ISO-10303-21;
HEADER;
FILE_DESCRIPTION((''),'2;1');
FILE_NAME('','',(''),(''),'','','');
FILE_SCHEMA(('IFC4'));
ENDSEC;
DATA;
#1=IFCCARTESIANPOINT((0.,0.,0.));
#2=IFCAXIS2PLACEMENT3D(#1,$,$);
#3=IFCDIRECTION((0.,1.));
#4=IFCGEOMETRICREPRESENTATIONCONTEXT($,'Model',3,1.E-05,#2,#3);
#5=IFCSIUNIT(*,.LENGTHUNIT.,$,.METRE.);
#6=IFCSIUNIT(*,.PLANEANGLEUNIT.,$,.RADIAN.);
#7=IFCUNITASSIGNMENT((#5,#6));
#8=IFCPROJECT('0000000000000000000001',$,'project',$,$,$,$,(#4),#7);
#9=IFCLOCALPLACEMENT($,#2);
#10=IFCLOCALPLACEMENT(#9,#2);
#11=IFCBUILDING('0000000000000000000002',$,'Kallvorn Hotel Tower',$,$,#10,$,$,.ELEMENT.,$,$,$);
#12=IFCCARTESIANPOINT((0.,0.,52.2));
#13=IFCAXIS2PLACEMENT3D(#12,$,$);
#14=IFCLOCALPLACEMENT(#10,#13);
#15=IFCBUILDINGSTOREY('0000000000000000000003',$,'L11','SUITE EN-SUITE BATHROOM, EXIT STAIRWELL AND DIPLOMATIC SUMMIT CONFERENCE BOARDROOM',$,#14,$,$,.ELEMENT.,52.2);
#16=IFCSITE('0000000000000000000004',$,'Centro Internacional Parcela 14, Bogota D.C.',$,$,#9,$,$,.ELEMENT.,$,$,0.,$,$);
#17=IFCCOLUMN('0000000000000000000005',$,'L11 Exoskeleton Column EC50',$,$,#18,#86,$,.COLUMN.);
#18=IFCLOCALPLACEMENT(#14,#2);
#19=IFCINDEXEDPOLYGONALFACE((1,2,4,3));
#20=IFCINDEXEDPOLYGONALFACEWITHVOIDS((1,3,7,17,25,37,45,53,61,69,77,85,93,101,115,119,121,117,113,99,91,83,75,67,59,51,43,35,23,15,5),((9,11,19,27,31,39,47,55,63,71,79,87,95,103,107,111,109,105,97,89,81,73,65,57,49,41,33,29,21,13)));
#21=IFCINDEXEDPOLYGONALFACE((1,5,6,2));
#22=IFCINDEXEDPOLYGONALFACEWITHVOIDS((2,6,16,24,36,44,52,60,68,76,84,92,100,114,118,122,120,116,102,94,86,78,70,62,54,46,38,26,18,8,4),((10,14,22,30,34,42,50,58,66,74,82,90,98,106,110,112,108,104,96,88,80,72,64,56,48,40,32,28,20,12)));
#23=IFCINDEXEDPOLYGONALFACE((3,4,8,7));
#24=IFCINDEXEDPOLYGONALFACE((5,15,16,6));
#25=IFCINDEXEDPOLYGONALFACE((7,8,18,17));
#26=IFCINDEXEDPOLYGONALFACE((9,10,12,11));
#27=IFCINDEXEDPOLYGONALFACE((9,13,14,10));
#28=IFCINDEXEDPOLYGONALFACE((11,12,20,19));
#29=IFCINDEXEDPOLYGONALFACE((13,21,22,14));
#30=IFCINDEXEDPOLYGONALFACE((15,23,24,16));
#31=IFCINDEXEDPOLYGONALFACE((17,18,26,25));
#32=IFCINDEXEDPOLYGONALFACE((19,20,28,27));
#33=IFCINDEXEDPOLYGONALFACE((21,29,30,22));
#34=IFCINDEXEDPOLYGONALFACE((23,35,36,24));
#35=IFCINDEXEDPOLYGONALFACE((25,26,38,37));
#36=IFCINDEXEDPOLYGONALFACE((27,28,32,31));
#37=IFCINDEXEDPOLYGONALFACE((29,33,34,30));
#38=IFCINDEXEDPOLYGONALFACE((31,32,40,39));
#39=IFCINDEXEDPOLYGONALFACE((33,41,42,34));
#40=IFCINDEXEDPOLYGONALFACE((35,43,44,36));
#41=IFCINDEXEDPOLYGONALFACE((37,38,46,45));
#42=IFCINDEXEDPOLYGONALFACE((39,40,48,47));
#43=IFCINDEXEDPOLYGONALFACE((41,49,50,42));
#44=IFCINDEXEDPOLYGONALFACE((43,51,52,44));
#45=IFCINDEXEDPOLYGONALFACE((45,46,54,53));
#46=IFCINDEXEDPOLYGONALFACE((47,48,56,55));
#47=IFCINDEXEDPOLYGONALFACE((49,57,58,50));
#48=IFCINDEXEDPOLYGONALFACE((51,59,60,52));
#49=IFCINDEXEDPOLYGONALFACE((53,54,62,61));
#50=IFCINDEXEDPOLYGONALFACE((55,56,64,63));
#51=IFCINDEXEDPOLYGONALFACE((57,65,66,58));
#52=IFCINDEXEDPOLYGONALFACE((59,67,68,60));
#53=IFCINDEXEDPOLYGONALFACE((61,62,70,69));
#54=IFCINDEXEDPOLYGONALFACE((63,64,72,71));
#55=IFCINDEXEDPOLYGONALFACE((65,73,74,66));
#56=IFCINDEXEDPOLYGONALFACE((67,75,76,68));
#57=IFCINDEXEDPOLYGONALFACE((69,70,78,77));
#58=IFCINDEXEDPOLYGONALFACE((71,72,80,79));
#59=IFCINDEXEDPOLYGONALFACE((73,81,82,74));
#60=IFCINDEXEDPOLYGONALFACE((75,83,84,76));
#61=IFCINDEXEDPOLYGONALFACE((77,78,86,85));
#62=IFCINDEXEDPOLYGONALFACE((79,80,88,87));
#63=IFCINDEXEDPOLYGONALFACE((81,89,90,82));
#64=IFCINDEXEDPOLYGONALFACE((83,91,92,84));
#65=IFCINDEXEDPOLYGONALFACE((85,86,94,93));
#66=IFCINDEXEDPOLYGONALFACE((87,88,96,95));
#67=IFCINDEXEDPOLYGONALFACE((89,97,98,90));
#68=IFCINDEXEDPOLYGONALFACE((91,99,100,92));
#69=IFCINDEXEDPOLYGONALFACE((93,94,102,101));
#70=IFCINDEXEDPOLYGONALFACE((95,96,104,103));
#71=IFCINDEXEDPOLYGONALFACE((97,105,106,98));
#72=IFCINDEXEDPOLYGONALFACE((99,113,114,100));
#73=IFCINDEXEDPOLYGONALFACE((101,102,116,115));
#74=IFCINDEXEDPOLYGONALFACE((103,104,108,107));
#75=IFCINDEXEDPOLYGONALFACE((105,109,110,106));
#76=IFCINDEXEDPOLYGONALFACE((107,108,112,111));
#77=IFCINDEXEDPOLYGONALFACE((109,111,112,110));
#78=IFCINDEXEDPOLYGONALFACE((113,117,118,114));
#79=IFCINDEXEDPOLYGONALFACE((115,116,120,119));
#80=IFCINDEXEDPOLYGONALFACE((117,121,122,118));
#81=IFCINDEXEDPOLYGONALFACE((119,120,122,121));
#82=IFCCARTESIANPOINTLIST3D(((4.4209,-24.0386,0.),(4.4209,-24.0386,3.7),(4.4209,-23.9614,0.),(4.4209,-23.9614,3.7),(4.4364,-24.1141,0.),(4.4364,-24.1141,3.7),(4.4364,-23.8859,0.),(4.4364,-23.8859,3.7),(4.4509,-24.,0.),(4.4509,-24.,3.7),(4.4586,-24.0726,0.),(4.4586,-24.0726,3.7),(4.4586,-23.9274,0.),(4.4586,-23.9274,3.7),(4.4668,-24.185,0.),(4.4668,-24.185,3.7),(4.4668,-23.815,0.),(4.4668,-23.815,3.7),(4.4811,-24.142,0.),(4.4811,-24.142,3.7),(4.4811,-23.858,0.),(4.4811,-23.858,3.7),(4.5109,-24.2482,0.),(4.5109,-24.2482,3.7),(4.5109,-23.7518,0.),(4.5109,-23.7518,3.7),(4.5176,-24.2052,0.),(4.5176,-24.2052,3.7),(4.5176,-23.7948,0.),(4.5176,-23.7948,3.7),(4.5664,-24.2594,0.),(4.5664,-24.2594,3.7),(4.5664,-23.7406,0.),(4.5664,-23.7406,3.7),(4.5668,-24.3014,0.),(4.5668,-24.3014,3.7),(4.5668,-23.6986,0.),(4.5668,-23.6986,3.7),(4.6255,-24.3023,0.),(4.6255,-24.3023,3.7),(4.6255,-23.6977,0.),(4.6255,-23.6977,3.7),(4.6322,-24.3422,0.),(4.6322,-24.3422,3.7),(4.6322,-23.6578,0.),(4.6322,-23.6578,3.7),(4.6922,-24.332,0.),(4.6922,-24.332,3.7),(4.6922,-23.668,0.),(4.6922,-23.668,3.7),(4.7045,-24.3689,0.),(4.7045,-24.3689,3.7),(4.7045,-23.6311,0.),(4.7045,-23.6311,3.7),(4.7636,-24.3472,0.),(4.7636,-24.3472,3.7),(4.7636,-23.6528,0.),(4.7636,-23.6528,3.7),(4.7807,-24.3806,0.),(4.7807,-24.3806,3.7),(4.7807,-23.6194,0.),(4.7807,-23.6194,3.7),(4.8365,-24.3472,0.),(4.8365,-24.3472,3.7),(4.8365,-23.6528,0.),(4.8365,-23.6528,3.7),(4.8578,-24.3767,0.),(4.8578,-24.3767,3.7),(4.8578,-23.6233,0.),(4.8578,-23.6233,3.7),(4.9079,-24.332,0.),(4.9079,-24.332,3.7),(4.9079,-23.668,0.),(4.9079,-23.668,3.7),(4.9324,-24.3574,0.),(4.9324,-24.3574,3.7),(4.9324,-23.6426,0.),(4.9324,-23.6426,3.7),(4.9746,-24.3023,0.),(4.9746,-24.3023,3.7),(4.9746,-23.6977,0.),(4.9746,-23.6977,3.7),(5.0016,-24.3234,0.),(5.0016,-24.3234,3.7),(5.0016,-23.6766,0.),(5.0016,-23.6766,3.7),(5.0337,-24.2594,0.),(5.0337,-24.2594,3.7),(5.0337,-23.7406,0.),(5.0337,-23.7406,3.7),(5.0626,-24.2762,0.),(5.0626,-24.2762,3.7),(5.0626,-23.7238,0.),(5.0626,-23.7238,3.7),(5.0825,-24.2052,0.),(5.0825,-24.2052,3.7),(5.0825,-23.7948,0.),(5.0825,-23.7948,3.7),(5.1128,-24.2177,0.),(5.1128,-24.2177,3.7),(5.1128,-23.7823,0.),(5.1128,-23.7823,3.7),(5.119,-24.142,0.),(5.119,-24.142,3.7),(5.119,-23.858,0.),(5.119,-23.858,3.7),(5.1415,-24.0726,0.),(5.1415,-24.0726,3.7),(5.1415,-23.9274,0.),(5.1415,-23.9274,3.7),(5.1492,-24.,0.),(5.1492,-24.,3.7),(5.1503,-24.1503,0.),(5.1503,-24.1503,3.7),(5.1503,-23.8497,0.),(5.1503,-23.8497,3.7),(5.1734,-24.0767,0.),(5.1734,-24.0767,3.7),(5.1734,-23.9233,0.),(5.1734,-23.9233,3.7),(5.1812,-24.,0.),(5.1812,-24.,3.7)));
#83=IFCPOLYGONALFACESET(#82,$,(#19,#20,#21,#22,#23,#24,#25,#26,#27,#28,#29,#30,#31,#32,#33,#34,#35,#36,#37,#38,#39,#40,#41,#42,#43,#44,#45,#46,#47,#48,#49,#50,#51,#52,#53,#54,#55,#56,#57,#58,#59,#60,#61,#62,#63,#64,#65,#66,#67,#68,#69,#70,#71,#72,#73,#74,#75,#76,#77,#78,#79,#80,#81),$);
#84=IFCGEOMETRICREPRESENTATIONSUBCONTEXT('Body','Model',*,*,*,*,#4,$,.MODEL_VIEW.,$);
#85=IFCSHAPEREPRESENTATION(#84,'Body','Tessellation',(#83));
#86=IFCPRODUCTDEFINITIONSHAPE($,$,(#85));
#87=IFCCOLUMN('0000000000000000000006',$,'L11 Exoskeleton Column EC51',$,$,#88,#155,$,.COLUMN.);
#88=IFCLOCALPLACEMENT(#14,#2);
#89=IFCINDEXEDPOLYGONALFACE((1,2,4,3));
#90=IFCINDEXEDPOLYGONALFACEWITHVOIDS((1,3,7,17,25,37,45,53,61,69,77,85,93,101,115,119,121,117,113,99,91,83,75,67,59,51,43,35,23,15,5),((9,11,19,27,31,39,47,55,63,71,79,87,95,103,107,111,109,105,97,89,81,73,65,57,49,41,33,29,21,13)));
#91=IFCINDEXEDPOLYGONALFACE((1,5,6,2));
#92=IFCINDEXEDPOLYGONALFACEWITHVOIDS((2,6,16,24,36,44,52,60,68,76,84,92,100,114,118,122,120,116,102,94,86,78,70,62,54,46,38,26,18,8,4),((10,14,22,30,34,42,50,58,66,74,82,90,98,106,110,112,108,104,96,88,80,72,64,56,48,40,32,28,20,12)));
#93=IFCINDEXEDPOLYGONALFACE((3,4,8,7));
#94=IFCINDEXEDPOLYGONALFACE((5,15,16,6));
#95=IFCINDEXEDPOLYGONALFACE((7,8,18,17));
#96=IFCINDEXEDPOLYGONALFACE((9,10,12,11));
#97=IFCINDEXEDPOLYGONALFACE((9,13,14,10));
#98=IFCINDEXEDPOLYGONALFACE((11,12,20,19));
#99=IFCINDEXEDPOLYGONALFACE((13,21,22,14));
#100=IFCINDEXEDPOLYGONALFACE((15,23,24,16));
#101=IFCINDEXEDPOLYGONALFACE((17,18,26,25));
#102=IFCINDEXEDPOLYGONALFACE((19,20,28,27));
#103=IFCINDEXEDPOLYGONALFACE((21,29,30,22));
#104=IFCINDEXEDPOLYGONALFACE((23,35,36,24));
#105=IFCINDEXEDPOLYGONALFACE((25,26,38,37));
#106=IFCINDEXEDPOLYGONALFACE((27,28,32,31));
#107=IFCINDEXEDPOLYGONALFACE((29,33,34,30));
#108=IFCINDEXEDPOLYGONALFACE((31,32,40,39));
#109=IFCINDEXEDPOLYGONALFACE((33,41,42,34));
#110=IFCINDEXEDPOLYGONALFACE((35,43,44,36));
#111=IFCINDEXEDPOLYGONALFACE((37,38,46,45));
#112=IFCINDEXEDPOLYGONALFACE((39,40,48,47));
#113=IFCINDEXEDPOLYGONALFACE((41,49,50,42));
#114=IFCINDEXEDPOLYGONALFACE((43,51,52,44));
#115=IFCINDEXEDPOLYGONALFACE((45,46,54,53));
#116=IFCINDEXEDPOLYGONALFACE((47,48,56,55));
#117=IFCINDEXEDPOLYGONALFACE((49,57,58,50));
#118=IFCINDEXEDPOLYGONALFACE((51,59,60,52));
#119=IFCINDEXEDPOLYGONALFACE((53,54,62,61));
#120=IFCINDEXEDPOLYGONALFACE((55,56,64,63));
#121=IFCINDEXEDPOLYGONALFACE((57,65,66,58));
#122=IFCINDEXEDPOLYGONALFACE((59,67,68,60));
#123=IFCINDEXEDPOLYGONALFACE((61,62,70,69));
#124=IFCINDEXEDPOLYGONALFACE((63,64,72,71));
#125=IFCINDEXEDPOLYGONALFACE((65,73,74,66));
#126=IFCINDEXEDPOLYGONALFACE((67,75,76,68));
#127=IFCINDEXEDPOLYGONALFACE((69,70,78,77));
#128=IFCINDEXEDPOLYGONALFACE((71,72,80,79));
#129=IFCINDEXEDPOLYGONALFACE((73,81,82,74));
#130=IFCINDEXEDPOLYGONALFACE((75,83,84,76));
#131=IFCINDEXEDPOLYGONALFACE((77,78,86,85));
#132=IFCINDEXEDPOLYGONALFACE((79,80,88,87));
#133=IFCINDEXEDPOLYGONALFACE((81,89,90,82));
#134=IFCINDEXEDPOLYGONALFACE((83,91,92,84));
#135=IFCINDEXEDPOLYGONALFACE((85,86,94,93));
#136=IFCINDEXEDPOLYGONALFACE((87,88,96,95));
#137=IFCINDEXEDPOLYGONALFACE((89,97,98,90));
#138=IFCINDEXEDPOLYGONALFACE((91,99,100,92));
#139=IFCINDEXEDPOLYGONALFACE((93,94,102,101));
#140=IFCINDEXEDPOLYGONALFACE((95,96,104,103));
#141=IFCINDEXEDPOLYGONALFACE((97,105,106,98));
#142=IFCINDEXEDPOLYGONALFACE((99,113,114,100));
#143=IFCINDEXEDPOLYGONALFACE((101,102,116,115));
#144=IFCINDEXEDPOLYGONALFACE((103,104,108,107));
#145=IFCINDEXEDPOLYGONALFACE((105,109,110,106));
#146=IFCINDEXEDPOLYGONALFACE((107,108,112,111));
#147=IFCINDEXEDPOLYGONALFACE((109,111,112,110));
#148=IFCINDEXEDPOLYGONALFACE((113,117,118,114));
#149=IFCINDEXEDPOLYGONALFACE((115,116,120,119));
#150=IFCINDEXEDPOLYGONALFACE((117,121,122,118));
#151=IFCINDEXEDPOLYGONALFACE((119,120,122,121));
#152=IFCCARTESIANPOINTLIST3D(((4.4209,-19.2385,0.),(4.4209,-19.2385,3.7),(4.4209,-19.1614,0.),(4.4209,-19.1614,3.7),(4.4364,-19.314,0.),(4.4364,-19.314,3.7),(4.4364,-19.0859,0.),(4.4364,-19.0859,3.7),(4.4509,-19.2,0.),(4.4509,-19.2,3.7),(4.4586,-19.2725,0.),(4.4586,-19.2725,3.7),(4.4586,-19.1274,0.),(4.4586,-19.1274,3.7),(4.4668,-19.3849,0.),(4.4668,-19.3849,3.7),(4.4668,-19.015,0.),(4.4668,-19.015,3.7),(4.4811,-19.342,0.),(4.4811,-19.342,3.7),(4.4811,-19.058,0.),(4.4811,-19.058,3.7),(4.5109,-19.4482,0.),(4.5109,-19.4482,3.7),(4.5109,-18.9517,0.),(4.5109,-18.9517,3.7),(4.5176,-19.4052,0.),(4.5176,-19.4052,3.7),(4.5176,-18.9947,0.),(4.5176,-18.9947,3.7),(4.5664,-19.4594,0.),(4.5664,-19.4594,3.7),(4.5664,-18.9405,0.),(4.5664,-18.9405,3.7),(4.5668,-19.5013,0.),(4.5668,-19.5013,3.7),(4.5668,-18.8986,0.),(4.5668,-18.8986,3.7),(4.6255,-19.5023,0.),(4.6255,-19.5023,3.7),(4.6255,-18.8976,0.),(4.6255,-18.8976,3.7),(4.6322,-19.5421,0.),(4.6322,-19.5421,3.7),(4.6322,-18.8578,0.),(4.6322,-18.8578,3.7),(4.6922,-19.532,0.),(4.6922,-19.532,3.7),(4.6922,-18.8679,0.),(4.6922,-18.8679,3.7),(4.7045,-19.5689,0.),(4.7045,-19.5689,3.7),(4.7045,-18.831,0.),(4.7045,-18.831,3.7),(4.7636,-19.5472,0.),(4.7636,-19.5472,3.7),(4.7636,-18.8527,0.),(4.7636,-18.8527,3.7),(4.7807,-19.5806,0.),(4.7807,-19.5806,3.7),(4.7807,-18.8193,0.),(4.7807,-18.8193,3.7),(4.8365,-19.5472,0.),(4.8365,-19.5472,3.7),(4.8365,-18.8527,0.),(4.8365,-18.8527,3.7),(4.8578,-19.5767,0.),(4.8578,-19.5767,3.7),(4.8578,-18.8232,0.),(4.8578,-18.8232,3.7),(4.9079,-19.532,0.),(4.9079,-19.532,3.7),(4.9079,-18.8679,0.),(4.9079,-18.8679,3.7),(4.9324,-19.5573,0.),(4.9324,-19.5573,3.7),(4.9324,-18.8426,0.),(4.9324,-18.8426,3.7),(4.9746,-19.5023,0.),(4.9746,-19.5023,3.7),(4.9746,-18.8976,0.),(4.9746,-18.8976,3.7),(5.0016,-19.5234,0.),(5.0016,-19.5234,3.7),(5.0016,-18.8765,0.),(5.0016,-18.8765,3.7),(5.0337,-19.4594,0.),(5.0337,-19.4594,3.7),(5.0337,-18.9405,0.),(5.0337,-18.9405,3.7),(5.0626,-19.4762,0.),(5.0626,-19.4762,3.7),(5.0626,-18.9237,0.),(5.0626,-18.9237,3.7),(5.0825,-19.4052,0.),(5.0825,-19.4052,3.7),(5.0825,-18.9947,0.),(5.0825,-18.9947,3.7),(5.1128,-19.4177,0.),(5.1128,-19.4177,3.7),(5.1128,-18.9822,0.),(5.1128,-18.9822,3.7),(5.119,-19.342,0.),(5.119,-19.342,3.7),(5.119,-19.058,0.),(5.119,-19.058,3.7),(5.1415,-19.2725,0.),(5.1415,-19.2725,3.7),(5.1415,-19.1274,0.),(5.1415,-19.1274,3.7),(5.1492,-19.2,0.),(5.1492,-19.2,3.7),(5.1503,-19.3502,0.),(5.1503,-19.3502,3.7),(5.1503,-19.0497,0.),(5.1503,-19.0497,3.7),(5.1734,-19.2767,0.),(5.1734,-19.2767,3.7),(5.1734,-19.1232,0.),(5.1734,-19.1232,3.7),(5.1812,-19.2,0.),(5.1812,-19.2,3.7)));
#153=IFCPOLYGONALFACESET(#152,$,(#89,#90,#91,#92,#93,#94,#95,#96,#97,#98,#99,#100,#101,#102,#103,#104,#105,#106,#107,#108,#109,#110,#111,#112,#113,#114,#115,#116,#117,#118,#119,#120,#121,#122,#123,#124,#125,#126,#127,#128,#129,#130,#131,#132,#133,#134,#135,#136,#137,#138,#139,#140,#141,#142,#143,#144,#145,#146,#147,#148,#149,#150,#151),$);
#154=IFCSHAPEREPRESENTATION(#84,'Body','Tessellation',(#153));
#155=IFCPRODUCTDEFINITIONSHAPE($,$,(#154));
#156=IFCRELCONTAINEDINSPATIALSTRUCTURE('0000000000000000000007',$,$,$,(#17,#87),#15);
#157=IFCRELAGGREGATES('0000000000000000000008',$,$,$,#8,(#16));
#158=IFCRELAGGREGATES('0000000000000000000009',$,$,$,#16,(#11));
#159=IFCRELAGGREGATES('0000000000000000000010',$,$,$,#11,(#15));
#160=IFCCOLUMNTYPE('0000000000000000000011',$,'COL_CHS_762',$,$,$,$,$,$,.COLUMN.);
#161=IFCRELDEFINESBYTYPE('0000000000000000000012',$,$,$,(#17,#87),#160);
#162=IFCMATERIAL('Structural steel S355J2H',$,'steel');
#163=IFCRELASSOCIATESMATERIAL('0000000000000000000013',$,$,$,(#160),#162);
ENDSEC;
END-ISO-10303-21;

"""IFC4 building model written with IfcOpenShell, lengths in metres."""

from ifc_helpers import new_model, si_unit, direction, frame, origin, origin_2d, place, context, subcontext, project, spatial, hollow_circle, extrude, material, material_profile, profile_set, type_object, element, save


model = new_model("IFC4")

# Units and contexts
model_context = context("Model", 3, precision=1e-05, world=origin(), true_north=direction((0.0, 1.0)))
body_context = subcontext(model_context, "Body", "Model", "MODEL_VIEW")
ifc_project = project(units=[si_unit("LENGTHUNIT", "METRE"), si_unit("PLANEANGLEUNIT", "RADIAN")], contexts=[model_context])

# Site, building, storey
site_placement = place(None, origin())
site = spatial("IfcSite", under=ifc_project, at=site_placement, Name="Centro Internacional Parcela 14, Bogota D.C.", CompositionType="ELEMENT", RefElevation=0.0)
building_placement = place(site_placement, origin())
building = spatial("IfcBuilding", under=site, at=building_placement, Name="Kallvorn Hotel Tower", CompositionType="ELEMENT")
storey_placement = place(building_placement, frame((0.0, 0.0, 52.2)))
storey = spatial("IfcBuildingStorey", under=building, at=storey_placement, Name="L11", Description="SUITE EN-SUITE BATHROOM, EXIT STAIRWELL AND DIPLOMATIC SUMMIT CONFERENCE BOARDROOM", CompositionType="ELEMENT", Elevation=52.2)

# Columns
ifc_material_1 = material(Name="Structural steel S355J2H", Category="steel")
ifc_material_profile_1 = material_profile(ifc_material_1, hollow_circle(Radius=0.3811, WallThickness=0.032, at=origin_2d()), Name="CHS 762x32")
ifc_profile_set_1 = profile_set([ifc_material_profile_1], Name="Structural steel S355J2H")
column_type_1 = type_object("IfcColumnType", Name="COL_CHS_762", PredefinedType="COLUMN", material=ifc_profile_set_1)
for number, where, z_axis, x_axis, name in (
    (1, (4.8, -24.0, 0.0), (0.0, 0.0, 1.0), (1.0, 0.0, 0.0), "L11 Exoskeleton Column EC50"),
    (2, (4.8, -19.2, 0.0), (0.0, 0.0, 1.0), (1.0, 0.0, 0.0), "L11 Exoskeleton Column EC51"),
):
    element("IfcColumn", number, at=place(storey_placement, frame(where, z_axis=z_axis, x_axis=x_axis)), inside=storey, type_object=column_type_1, Name=name, PredefinedType="COLUMN", context=body_context, shape_type="SweptSolid", body=[
        extrude(hollow_circle(Radius=0.3811, WallThickness=0.032, at=origin_2d()), origin(), (0.0, 0.0, 1.0), 3.7),
    ])

save(model, "model.ifc")
